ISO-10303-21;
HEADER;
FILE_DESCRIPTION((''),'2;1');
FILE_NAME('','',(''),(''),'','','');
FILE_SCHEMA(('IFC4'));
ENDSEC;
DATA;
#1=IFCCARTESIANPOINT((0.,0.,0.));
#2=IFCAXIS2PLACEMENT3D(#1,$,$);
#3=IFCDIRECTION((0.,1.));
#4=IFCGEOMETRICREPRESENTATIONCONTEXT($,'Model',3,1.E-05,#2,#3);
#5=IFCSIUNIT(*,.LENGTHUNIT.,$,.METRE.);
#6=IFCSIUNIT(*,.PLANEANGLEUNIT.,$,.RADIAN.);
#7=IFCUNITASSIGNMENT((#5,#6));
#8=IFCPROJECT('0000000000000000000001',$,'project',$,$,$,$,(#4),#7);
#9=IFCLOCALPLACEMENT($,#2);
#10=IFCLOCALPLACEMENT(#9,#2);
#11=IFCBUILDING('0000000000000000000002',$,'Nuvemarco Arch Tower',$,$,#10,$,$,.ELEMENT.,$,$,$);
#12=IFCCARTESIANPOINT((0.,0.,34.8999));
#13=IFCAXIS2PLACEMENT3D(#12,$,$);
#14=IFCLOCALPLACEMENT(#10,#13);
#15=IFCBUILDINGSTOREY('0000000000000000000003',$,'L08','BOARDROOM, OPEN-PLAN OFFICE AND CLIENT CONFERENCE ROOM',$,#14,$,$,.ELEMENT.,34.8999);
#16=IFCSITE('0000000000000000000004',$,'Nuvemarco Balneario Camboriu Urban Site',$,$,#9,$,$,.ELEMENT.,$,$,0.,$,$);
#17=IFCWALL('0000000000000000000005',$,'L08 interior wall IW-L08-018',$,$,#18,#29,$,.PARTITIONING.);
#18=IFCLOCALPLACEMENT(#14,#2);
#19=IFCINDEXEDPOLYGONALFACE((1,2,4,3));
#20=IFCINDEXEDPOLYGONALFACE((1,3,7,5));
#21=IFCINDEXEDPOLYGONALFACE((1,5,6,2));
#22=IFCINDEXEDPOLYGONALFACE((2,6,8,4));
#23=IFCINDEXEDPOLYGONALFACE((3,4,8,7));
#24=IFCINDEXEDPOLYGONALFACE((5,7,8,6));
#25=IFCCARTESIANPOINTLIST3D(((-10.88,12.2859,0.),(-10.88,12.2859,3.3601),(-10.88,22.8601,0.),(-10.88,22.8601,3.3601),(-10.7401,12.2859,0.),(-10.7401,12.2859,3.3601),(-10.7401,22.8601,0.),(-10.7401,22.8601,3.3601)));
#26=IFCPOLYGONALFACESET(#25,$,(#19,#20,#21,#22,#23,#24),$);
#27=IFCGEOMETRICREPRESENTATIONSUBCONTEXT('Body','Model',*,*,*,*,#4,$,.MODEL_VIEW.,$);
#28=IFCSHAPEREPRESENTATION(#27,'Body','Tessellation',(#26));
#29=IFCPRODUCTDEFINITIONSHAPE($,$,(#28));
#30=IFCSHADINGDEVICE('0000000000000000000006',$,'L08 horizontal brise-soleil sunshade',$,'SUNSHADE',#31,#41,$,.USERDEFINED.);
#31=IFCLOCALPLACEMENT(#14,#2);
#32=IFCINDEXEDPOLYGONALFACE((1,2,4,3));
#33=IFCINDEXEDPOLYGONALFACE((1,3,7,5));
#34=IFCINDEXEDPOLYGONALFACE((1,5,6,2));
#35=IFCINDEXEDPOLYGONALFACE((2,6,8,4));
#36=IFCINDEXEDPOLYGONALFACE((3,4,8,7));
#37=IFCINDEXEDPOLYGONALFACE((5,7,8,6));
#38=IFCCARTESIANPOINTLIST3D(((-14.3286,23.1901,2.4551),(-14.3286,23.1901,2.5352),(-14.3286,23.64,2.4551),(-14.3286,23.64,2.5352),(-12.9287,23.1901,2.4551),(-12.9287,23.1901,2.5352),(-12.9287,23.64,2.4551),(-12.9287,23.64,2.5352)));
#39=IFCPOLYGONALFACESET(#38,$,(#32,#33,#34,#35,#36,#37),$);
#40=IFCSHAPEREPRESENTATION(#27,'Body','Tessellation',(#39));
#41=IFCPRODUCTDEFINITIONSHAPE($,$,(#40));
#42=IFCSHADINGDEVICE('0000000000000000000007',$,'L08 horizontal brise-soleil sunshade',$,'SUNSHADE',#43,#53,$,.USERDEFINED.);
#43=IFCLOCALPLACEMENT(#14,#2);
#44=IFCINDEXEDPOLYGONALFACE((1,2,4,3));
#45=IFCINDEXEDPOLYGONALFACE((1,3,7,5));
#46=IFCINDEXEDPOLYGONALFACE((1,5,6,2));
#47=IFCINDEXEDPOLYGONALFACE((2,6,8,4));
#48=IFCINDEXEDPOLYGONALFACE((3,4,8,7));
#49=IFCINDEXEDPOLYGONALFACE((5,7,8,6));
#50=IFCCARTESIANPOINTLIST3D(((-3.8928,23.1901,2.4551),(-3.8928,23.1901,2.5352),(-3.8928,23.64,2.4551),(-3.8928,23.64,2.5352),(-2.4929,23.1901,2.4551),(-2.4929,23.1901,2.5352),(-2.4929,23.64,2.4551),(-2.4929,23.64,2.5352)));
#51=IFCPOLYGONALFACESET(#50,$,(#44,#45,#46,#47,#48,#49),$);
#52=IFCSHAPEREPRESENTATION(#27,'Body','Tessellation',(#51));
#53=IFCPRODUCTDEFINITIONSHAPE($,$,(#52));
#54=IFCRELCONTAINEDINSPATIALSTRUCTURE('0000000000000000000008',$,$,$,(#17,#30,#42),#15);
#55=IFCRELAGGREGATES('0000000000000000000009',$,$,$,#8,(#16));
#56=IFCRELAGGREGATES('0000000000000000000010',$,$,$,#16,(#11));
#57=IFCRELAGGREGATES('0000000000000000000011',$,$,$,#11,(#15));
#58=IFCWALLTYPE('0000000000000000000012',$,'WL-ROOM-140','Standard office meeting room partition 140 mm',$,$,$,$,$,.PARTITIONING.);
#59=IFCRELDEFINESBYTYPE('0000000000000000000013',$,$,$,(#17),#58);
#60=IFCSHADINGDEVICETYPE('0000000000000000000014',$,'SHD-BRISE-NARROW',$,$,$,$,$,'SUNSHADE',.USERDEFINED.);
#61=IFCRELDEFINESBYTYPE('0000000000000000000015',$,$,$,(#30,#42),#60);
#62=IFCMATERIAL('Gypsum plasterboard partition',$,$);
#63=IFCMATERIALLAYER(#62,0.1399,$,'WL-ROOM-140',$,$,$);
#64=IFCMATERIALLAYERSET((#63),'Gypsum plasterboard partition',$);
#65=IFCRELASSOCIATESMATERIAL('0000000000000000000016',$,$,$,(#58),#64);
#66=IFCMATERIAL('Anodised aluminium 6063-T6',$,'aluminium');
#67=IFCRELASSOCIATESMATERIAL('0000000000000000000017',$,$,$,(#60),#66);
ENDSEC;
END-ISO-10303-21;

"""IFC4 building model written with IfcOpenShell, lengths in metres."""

from ifc_helpers import new_model, si_unit, direction, frame, frame_2d, origin, origin_2d, place, context, subcontext, project, spatial, rectangle, extrude, source, transform, mapped, material, layer, layer_set, type_object, type_shapes, element, save


model = new_model("IFC4")

# Units and contexts
model_context = context("Model", 3, precision=1e-05, world=origin(), true_north=direction((0.0, 1.0)))
body_context = subcontext(model_context, "Body", "Model", "MODEL_VIEW")
ifc_project = project(units=[si_unit("LENGTHUNIT", "METRE"), si_unit("PLANEANGLEUNIT", "RADIAN")], contexts=[model_context])

# Site, building, storey
site_placement = place(None, origin())
site = spatial("IfcSite", under=ifc_project, at=site_placement, Name="Nuvemarco Balneario Camboriu Urban Site", CompositionType="ELEMENT", RefElevation=0.0)
building_placement = place(site_placement, origin())
building = spatial("IfcBuilding", under=site, at=building_placement, Name="Nuvemarco Arch Tower", CompositionType="ELEMENT")
storey_placement = place(building_placement, frame((0.0, 0.0, 34.8999)))
storey = spatial("IfcBuildingStorey", under=building, at=storey_placement, Name="L08", Description="BOARDROOM, OPEN-PLAN OFFICE AND CLIENT CONFERENCE ROOM", CompositionType="ELEMENT", Elevation=34.8999)

# Wall
ifc_material_1 = material(Name="Gypsum plasterboard partition")
ifc_layer_1 = layer(ifc_material_1, 0.1399, Name="WL-ROOM-140")
ifc_layer_set_1 = layer_set([ifc_layer_1], Name="Gypsum plasterboard partition")
wall_type_1 = type_object("IfcWallType", Name="WL-ROOM-140", Description="Standard office meeting room partition 140 mm", PredefinedType="PARTITIONING", material=ifc_layer_set_1)
wall_1_placement = place(storey_placement, frame((-10.8101, 12.2859, 0.0), z_axis=(0.0, 0.0, 1.0), x_axis=(0.0, 1.0, 0.0)))
element("IfcWall", 1, at=wall_1_placement, inside=storey, type_object=wall_type_1, Name="L08 interior wall IW-L08-018", PredefinedType="PARTITIONING", context=body_context, shape_type="SweptSolid", body=[
    extrude(rectangle(XDim=10.5742, YDim=0.1399, at=frame_2d((5.2871, 0.0))), origin(), (0.0, 0.0, 1.0), 3.3601),
])

# Shading devices
ifc_material_2 = material(Name="Anodised aluminium 6063-T6", Category="aluminium")
shading_device_type = type_object("IfcShadingDeviceType", Name="SHD-BRISE-NARROW", ElementType="SUNSHADE", PredefinedType="USERDEFINED", material=ifc_material_2)
shared_shape_1 = source(origin(), body_context, "Body", "SweptSolid", [
    extrude(rectangle(XDim=1.3999, YDim=0.45, at=origin_2d()), origin(), (0.0, 0.0, 1.0), 0.0801),
])
type_shapes(shading_device_type, [shared_shape_1])
for number, where, z_axis, x_axis, name in (
    (2, (-13.6287, 23.415, 2.4551), (0.0, 0.0, 1.0), (1.0, 0.0, 0.0), "L08 horizontal brise-soleil sunshade"),
    (3, (-3.1929, 23.415, 2.4551), (0.0, 0.0, 1.0), (1.0, 0.0, 0.0), "L08 horizontal brise-soleil sunshade"),
):
    element("IfcShadingDevice", number, at=place(storey_placement, frame(where, z_axis=z_axis, x_axis=x_axis)), inside=storey, type_object=shading_device_type, Name=name, ObjectType="SUNSHADE", PredefinedType="USERDEFINED", context=body_context, shape_type="MappedRepresentation", body=[
        mapped(shared_shape_1, transform((0.0, 0.0, 0.0), scale=1.0)),
    ])

save(model, "model.ifc")
